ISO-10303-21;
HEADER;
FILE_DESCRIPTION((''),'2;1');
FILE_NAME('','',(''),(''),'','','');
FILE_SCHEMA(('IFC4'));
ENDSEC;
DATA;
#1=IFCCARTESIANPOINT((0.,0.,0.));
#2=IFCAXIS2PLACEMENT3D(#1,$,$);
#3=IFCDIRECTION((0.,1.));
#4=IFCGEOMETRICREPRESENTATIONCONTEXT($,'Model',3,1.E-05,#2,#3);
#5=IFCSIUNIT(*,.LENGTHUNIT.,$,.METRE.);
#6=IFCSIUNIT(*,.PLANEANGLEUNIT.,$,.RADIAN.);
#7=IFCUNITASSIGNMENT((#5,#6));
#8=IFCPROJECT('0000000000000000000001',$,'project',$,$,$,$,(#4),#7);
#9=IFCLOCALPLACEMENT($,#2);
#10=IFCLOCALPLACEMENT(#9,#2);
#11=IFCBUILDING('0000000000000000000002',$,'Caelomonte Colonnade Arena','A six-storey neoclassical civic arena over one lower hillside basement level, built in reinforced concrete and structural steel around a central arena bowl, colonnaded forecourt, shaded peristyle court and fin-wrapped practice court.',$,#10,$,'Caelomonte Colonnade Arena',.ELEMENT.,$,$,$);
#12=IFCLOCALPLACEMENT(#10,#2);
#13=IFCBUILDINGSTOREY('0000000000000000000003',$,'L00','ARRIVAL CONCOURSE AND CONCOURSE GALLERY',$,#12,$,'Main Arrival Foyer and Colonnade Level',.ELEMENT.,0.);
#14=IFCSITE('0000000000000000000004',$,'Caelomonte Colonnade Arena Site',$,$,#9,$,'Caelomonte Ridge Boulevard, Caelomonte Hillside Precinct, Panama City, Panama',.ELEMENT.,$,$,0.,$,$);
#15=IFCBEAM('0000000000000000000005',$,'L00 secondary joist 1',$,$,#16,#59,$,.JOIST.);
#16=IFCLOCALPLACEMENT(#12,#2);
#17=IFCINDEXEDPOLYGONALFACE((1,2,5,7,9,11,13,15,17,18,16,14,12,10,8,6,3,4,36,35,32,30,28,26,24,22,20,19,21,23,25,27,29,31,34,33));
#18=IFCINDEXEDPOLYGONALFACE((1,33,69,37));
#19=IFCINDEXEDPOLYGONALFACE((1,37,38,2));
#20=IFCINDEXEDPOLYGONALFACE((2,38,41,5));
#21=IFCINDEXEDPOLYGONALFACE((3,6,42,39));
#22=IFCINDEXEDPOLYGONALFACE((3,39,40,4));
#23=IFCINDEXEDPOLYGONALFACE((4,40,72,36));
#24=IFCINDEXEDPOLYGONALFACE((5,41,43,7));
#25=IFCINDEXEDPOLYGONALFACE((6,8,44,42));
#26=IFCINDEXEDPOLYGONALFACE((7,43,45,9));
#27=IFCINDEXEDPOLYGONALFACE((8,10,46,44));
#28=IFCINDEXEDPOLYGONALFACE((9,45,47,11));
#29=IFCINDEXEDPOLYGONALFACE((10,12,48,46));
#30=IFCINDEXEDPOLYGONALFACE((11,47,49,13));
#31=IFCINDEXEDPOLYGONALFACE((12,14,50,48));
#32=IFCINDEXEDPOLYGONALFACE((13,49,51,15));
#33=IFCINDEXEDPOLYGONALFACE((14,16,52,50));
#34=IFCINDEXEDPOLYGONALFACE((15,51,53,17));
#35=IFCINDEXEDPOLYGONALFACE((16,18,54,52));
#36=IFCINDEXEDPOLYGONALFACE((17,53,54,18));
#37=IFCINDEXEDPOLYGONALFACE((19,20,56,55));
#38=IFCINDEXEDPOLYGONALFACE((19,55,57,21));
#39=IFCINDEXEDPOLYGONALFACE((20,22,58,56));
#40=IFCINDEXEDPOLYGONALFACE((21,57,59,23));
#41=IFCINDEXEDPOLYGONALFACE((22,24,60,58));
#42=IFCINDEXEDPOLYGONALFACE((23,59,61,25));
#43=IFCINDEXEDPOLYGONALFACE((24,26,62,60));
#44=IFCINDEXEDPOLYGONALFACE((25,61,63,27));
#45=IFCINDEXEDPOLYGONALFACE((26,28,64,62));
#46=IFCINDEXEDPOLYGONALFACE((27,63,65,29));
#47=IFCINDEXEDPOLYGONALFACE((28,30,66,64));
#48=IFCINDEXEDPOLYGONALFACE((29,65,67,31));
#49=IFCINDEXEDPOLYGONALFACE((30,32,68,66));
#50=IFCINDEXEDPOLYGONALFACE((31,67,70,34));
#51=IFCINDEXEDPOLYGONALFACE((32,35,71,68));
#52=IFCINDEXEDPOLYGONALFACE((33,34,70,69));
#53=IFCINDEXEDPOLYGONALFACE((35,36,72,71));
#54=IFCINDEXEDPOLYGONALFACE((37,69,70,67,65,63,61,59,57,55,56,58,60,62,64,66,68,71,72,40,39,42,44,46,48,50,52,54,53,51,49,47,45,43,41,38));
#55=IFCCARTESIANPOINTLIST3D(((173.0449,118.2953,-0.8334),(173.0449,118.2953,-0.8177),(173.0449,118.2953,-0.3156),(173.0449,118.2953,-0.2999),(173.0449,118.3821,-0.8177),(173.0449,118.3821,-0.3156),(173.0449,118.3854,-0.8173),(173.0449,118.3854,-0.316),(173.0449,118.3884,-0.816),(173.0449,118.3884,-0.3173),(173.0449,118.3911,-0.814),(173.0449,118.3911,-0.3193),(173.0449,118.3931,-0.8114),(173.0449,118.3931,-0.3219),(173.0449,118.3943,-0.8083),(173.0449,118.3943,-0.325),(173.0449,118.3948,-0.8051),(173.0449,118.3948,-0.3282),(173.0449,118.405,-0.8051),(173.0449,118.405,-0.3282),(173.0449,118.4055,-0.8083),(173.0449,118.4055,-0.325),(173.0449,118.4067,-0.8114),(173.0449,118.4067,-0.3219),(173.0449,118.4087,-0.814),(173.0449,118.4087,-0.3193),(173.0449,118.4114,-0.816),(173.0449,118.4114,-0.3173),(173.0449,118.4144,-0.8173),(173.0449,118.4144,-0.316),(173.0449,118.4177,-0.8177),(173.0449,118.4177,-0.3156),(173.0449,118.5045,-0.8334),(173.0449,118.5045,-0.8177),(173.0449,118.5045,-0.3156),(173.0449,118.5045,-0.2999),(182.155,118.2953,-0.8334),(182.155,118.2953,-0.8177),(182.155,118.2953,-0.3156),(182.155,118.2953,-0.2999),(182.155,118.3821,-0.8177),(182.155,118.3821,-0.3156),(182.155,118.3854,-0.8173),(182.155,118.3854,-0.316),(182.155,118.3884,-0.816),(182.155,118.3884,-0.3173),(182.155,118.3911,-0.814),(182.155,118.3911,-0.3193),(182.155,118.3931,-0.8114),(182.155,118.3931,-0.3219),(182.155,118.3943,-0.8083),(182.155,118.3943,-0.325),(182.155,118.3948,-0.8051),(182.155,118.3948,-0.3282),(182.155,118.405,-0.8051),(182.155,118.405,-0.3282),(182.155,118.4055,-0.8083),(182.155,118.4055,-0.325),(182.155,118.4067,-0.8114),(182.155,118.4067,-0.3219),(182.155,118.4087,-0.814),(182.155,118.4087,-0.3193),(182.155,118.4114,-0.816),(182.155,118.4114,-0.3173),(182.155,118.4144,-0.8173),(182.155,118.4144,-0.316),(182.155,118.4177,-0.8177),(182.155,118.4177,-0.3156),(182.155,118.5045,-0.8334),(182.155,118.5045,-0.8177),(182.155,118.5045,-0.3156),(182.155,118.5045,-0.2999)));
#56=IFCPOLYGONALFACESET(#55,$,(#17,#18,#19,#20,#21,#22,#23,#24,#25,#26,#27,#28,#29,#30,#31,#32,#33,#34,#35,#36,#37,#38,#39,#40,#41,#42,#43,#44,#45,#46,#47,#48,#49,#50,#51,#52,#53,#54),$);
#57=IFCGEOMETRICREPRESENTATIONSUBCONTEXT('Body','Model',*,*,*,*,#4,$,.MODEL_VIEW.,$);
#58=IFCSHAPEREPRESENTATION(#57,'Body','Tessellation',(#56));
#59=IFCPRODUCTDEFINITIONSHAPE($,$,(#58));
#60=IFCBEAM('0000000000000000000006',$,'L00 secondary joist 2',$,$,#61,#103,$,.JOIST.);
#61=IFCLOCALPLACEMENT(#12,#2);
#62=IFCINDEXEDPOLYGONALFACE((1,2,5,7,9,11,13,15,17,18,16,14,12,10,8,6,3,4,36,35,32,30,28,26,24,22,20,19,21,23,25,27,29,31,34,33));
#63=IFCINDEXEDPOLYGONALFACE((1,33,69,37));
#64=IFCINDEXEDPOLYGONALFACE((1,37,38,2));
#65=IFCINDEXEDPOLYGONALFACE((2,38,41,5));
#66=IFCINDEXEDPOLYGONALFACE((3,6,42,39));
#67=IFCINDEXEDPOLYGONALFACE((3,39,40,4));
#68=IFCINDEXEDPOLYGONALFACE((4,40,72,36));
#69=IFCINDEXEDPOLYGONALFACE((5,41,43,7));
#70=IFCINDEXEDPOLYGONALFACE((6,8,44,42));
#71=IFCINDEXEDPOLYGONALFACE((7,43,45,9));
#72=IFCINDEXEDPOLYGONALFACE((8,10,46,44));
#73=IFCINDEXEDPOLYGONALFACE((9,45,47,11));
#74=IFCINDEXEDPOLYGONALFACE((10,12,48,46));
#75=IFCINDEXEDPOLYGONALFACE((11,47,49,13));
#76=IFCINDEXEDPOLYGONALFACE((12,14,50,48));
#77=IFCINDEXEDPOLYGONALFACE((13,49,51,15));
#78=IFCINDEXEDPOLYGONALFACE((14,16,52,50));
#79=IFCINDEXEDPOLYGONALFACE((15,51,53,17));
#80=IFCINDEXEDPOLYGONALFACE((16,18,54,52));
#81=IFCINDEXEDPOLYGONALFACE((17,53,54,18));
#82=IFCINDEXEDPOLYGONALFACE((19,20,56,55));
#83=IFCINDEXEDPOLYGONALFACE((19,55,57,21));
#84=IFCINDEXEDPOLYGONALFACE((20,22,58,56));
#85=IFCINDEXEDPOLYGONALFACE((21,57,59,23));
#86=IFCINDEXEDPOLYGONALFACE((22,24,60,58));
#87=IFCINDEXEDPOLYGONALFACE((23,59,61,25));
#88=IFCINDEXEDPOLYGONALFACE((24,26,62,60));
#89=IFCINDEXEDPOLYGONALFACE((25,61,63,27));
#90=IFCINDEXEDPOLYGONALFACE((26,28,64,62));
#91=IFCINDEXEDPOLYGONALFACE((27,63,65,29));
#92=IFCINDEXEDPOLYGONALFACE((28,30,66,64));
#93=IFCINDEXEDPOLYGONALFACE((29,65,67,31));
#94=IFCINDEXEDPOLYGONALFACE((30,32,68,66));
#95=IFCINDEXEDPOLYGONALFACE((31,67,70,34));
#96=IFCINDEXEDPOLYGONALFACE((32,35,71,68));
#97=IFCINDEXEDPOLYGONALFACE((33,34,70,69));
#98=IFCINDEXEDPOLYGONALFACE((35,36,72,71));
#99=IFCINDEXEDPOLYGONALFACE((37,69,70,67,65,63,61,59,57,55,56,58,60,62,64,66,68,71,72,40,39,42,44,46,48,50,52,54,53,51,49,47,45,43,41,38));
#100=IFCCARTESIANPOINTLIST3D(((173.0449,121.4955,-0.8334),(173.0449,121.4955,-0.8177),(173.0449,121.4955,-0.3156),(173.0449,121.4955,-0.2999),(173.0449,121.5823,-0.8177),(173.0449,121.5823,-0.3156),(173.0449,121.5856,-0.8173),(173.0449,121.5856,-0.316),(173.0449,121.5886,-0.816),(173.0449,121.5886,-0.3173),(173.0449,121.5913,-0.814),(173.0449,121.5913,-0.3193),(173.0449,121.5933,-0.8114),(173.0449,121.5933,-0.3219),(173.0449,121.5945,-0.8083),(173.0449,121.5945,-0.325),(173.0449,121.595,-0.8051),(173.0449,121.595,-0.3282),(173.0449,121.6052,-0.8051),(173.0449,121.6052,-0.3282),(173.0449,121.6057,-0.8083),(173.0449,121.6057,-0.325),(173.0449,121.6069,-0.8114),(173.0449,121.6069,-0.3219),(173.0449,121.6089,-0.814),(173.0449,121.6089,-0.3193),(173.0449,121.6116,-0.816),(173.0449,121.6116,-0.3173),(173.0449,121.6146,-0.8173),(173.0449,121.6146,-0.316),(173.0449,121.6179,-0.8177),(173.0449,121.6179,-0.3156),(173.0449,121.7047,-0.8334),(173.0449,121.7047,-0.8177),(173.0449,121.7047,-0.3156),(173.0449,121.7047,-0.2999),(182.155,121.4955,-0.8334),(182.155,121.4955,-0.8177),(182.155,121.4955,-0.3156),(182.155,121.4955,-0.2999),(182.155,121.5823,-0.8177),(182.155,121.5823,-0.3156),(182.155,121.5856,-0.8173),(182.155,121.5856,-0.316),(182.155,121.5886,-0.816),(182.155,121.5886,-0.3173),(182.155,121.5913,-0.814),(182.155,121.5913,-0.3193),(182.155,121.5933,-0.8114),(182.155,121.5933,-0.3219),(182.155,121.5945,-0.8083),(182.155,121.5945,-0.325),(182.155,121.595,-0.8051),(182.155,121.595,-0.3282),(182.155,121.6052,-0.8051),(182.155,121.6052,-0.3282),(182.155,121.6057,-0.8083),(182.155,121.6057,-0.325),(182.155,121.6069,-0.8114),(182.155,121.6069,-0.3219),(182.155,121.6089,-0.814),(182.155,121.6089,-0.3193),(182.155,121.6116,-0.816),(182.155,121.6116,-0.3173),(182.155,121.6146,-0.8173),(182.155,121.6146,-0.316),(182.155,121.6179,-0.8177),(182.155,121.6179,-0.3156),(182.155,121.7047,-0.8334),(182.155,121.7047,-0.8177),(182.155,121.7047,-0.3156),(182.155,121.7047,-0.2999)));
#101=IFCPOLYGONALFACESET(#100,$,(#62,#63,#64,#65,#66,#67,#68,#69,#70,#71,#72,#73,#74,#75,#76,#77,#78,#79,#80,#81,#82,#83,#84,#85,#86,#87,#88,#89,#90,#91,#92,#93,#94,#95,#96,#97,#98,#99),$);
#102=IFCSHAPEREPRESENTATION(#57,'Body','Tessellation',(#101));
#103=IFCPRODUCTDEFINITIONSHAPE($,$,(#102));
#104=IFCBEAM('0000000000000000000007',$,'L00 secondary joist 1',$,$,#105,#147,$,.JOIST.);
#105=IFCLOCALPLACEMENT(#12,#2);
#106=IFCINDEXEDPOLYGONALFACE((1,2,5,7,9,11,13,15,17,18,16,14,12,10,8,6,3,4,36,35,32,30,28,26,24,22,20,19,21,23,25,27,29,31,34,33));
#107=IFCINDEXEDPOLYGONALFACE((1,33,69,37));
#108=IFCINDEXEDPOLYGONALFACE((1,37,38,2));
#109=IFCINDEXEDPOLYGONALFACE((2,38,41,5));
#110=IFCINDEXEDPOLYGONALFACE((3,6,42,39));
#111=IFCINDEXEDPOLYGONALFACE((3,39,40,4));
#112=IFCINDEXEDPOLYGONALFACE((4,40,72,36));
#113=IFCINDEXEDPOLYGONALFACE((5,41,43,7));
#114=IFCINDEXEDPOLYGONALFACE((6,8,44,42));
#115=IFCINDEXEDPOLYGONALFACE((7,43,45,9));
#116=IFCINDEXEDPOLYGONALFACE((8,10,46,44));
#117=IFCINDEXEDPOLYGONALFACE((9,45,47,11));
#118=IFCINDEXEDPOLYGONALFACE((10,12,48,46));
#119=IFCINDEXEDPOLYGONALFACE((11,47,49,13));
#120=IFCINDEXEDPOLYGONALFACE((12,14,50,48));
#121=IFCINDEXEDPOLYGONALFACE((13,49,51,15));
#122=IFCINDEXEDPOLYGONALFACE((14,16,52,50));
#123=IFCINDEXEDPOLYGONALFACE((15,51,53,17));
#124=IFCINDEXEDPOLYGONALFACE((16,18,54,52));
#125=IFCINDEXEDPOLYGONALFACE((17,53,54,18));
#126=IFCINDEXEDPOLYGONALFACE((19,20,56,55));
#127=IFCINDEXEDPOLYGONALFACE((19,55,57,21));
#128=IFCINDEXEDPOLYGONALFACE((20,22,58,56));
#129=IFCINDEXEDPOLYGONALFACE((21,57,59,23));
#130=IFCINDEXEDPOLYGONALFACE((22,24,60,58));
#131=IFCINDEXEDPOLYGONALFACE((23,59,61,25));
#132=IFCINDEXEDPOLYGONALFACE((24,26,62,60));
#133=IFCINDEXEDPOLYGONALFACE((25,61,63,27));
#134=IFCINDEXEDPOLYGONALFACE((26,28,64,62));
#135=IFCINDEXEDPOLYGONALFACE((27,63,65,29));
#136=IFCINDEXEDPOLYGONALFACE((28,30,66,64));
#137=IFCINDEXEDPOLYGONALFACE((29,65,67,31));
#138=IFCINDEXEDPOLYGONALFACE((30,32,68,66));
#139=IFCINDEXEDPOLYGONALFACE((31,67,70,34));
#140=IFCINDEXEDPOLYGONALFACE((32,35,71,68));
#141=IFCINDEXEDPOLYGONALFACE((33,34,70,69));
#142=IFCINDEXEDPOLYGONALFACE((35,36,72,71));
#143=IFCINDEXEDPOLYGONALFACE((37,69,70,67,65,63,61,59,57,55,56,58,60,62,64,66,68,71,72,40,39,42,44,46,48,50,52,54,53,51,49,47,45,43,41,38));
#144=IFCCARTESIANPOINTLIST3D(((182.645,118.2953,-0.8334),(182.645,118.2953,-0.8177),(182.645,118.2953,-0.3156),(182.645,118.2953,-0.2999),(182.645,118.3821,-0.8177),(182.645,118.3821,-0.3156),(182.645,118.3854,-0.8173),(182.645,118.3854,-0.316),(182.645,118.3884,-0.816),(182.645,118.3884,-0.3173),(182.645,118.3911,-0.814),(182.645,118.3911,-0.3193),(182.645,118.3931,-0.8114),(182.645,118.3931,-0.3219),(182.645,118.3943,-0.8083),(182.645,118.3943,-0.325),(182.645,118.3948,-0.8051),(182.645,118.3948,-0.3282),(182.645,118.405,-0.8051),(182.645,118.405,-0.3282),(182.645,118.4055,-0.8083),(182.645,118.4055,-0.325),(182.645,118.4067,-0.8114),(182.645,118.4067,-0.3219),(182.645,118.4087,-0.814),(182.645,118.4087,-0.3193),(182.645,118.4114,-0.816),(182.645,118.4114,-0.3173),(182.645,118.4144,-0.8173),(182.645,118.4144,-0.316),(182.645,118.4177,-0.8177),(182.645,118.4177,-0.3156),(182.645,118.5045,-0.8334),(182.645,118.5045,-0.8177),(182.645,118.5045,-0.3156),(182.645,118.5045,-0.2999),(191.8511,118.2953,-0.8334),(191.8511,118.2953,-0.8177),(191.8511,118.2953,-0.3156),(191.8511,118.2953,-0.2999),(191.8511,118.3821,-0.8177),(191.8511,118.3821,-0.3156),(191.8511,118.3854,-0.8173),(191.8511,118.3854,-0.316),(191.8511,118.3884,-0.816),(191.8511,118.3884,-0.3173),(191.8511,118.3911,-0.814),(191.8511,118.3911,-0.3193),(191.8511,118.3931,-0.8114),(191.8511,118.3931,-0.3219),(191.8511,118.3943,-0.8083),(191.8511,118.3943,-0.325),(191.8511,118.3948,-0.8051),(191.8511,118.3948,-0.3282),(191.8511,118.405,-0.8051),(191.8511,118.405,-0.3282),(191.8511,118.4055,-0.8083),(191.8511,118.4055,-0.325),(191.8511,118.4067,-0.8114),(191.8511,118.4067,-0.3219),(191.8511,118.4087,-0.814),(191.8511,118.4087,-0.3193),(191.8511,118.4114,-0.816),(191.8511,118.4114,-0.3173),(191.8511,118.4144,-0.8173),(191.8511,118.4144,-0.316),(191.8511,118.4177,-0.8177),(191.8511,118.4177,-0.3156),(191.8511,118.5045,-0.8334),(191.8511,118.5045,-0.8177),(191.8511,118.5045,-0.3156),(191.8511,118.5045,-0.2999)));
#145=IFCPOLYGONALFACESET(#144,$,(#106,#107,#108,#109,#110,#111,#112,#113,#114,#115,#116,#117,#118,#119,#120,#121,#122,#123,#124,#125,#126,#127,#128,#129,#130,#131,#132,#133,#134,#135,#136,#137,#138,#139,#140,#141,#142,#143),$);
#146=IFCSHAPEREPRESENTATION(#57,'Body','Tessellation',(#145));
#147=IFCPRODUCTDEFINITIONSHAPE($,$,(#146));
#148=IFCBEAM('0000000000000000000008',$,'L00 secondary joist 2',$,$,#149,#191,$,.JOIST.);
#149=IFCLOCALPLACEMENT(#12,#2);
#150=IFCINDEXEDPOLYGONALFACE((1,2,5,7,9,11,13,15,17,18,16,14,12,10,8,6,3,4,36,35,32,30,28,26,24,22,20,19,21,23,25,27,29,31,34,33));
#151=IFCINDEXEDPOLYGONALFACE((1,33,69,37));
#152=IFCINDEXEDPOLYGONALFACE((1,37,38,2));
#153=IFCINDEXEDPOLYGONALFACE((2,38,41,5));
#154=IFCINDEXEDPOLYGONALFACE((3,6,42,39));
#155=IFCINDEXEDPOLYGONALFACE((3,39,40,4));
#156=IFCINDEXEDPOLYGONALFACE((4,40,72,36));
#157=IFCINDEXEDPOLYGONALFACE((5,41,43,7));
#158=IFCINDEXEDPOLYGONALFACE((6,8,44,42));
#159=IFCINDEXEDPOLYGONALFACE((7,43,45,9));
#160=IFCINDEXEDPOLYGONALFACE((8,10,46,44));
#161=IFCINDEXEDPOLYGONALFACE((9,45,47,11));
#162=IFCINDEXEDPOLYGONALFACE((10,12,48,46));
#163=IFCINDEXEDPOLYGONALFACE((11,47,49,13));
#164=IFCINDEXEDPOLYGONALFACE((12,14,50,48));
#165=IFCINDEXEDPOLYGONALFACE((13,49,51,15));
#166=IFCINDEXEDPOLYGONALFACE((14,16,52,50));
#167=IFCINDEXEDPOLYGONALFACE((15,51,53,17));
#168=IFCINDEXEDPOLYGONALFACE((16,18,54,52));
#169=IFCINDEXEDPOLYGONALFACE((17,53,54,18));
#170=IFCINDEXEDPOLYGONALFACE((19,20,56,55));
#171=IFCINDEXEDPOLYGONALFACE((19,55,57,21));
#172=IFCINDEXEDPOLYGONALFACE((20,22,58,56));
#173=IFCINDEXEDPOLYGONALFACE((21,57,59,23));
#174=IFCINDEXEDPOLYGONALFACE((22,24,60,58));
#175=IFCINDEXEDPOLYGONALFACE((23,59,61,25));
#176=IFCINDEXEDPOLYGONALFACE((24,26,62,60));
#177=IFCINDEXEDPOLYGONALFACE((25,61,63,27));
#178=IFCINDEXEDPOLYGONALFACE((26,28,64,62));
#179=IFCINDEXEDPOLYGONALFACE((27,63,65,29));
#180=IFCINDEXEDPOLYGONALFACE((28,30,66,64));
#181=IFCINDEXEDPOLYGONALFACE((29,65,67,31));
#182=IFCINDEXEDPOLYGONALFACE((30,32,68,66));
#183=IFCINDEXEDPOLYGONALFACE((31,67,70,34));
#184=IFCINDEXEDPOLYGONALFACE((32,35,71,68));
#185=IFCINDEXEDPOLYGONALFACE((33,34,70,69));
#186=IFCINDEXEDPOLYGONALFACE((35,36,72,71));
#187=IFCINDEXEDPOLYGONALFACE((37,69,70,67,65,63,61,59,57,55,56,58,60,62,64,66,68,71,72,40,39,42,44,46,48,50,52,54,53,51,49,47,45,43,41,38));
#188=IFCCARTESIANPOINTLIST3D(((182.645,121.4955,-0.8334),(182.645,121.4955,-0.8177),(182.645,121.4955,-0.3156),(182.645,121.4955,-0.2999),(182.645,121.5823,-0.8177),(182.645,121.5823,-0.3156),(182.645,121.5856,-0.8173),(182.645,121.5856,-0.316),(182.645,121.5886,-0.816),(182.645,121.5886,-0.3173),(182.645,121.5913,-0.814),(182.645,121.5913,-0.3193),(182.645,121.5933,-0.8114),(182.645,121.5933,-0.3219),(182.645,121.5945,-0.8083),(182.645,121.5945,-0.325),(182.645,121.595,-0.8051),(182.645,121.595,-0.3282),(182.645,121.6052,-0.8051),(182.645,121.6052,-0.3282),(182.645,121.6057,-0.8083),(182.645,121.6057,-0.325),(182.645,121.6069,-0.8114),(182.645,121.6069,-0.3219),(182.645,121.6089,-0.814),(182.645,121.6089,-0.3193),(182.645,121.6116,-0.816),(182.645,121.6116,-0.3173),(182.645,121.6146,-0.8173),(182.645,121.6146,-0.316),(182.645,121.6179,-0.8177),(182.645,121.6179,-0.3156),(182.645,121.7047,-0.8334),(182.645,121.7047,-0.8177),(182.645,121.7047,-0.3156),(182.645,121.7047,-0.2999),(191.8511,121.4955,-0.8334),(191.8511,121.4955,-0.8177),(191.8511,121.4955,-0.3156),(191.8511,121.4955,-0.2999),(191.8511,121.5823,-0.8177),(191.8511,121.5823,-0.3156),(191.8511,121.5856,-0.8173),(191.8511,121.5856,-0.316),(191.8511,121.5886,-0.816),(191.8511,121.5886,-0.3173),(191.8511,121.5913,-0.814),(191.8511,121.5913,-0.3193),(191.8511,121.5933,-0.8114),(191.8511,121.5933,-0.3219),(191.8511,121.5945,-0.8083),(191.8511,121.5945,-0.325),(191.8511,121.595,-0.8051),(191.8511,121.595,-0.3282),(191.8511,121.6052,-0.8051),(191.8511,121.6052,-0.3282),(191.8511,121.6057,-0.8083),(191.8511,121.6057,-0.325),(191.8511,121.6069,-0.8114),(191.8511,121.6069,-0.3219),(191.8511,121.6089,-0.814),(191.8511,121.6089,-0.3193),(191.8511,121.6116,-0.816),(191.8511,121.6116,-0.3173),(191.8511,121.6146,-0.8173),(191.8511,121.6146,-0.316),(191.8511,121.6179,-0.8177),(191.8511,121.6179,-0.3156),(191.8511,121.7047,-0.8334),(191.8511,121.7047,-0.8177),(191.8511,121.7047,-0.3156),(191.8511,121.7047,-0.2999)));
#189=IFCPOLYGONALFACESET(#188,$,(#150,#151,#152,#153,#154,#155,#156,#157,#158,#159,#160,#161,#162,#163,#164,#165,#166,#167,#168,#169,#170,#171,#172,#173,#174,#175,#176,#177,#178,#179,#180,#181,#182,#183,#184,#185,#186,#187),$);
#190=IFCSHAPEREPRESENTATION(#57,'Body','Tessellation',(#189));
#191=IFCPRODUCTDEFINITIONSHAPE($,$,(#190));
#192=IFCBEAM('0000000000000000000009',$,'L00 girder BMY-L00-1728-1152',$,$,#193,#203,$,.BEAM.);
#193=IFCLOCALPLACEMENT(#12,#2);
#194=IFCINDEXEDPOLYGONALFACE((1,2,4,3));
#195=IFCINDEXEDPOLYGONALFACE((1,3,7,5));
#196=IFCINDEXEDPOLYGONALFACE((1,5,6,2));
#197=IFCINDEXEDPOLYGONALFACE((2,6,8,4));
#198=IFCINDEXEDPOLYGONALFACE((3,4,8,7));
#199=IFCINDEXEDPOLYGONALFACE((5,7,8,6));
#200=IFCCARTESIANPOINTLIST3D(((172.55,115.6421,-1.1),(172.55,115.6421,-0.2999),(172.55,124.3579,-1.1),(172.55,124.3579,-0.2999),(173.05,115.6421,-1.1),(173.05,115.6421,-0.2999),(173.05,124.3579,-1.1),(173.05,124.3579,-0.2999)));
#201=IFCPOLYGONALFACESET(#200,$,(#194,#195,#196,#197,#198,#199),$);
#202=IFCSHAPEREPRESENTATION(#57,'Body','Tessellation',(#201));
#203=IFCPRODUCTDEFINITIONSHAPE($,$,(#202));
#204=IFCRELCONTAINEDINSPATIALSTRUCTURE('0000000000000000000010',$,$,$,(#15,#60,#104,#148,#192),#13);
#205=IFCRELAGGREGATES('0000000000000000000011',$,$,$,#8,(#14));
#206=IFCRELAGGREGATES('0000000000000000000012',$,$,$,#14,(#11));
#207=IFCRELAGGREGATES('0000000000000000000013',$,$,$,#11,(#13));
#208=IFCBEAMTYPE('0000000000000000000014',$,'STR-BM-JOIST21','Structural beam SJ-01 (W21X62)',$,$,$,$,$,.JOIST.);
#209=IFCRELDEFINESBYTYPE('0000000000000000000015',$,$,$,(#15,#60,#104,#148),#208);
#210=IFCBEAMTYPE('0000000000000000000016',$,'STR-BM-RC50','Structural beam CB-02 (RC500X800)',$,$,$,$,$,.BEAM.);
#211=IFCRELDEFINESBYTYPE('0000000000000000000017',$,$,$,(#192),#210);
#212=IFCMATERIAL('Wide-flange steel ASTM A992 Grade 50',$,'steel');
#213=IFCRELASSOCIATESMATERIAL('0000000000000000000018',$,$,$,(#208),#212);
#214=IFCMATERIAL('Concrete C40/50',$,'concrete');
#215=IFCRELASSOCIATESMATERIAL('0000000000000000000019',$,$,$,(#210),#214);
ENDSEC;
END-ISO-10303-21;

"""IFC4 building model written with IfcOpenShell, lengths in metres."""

from ifc_helpers import new_model, si_unit, direction, frame, origin, origin_2d, place, context, subcontext, project, spatial, rectangle, i_section, extrude, material, material_profile, profile_set, type_object, element, save


model = new_model("IFC4")

# Units and contexts
model_context = context("Model", 3, precision=1e-05, world=origin(), true_north=direction((0.0, 1.0)))
body_context = subcontext(model_context, "Body", "Model", "MODEL_VIEW")
ifc_project = project(units=[si_unit("LENGTHUNIT", "METRE"), si_unit("PLANEANGLEUNIT", "RADIAN")], contexts=[model_context])

# Site, building, storey
site_placement = place(None, origin())
site = spatial("IfcSite", under=ifc_project, at=site_placement, Name="Caelomonte Colonnade Arena Site", LongName="Caelomonte Ridge Boulevard, Caelomonte Hillside Precinct, Panama City, Panama", CompositionType="ELEMENT", RefElevation=0.0)
building_placement = place(site_placement, origin())
building = spatial("IfcBuilding", under=site, at=building_placement, Name="Caelomonte Colonnade Arena", Description="A six-storey neoclassical civic arena over one lower hillside basement level, built in reinforced concrete and structural steel around a central arena bowl, colonnaded forecourt, shaded peristyle court and fin-wrapped practice court.", LongName="Caelomonte Colonnade Arena", CompositionType="ELEMENT")
storey_placement = place(building_placement, origin())
storey = spatial("IfcBuildingStorey", under=building, at=storey_placement, Name="L00", Description="ARRIVAL CONCOURSE AND CONCOURSE GALLERY", LongName="Main Arrival Foyer and Colonnade Level", CompositionType="ELEMENT", Elevation=0.0)

# Shared definitions
ifc_material_1 = material(Name="Concrete C40/50", Category="concrete")

# Beams
ifc_material_2 = material(Name="Wide-flange steel ASTM A992 Grade 50", Category="steel")
ifc_material_profile_1 = material_profile(ifc_material_2, i_section(OverallWidth=0.2092, OverallDepth=0.5334, WebThickness=0.0103, FlangeThickness=0.0156, FilletRadius=0.0127, at=origin_2d()), Name="W21X62")
ifc_profile_set_1 = profile_set([ifc_material_profile_1], Name="Wide-flange steel ASTM A992 Grade 50")
beam_type_1 = type_object("IfcBeamType", Name="STR-BM-JOIST21", Description="Structural beam SJ-01 (W21X62)", PredefinedType="JOIST", material=ifc_profile_set_1)
for number, where, z_axis, x_axis, name in (
    (1, (173.0449, 118.3999, -0.5667), (1.0, 0.0, 0.0), (0.0, 1.0, 0.0), "L00 secondary joist 1"),
    (2, (173.0449, 121.6001, -0.5667), (1.0, 0.0, 0.0), (0.0, 1.0, 0.0), "L00 secondary joist 2"),
):
    element("IfcBeam", number, at=place(storey_placement, frame(where, z_axis=z_axis, x_axis=x_axis)), inside=storey, type_object=beam_type_1, Name=name, PredefinedType="JOIST", context=body_context, shape_type="SweptSolid", body=[
        extrude(i_section(OverallWidth=0.2092, OverallDepth=0.5334, WebThickness=0.0103, FlangeThickness=0.0156, FilletRadius=0.0127, at=origin_2d()), origin(), (0.0, 0.0, 1.0), 9.1101),
    ])
for number, where, z_axis, x_axis, name in (
    (3, (182.645, 118.3999, -0.5667), (1.0, 0.0, 0.0), (0.0, 1.0, 0.0), "L00 secondary joist 1"),
    (4, (182.645, 121.6001, -0.5667), (1.0, 0.0, 0.0), (0.0, 1.0, 0.0), "L00 secondary joist 2"),
):
    element("IfcBeam", number, at=place(storey_placement, frame(where, z_axis=z_axis, x_axis=x_axis)), inside=storey, type_object=beam_type_1, Name=name, PredefinedType="JOIST", context=body_context, shape_type="SweptSolid", body=[
        extrude(i_section(OverallWidth=0.2092, OverallDepth=0.5334, WebThickness=0.0103, FlangeThickness=0.0156, FilletRadius=0.0127, at=origin_2d()), origin(), (0.0, 0.0, 1.0), 9.2061),
    ])
ifc_material_profile_2 = material_profile(ifc_material_1, rectangle(XDim=0.5, YDim=0.8, at=origin_2d()), Name="RC500X800")
ifc_profile_set_2 = profile_set([ifc_material_profile_2], Name="Concrete C40/50")
beam_type_2 = type_object("IfcBeamType", Name="STR-BM-RC50", Description="Structural beam CB-02 (RC500X800)", PredefinedType="BEAM", material=ifc_profile_set_2)
for number, where, z_axis, x_axis, name in (
    (5, (172.8, 115.6421, -0.7), (0.0, 1.0, 0.0), (-1.0, 0.0, 0.0), "L00 girder BMY-L00-1728-1152"),
):
    element("IfcBeam", number, at=place(storey_placement, frame(where, z_axis=z_axis, x_axis=x_axis)), inside=storey, type_object=beam_type_2, Name=name, PredefinedType="BEAM", context=body_context, shape_type="SweptSolid", body=[
        extrude(rectangle(XDim=0.5, YDim=0.8, at=origin_2d()), origin(), (0.0, 0.0, 1.0), 8.7158),
    ])

save(model, "model.ifc")
